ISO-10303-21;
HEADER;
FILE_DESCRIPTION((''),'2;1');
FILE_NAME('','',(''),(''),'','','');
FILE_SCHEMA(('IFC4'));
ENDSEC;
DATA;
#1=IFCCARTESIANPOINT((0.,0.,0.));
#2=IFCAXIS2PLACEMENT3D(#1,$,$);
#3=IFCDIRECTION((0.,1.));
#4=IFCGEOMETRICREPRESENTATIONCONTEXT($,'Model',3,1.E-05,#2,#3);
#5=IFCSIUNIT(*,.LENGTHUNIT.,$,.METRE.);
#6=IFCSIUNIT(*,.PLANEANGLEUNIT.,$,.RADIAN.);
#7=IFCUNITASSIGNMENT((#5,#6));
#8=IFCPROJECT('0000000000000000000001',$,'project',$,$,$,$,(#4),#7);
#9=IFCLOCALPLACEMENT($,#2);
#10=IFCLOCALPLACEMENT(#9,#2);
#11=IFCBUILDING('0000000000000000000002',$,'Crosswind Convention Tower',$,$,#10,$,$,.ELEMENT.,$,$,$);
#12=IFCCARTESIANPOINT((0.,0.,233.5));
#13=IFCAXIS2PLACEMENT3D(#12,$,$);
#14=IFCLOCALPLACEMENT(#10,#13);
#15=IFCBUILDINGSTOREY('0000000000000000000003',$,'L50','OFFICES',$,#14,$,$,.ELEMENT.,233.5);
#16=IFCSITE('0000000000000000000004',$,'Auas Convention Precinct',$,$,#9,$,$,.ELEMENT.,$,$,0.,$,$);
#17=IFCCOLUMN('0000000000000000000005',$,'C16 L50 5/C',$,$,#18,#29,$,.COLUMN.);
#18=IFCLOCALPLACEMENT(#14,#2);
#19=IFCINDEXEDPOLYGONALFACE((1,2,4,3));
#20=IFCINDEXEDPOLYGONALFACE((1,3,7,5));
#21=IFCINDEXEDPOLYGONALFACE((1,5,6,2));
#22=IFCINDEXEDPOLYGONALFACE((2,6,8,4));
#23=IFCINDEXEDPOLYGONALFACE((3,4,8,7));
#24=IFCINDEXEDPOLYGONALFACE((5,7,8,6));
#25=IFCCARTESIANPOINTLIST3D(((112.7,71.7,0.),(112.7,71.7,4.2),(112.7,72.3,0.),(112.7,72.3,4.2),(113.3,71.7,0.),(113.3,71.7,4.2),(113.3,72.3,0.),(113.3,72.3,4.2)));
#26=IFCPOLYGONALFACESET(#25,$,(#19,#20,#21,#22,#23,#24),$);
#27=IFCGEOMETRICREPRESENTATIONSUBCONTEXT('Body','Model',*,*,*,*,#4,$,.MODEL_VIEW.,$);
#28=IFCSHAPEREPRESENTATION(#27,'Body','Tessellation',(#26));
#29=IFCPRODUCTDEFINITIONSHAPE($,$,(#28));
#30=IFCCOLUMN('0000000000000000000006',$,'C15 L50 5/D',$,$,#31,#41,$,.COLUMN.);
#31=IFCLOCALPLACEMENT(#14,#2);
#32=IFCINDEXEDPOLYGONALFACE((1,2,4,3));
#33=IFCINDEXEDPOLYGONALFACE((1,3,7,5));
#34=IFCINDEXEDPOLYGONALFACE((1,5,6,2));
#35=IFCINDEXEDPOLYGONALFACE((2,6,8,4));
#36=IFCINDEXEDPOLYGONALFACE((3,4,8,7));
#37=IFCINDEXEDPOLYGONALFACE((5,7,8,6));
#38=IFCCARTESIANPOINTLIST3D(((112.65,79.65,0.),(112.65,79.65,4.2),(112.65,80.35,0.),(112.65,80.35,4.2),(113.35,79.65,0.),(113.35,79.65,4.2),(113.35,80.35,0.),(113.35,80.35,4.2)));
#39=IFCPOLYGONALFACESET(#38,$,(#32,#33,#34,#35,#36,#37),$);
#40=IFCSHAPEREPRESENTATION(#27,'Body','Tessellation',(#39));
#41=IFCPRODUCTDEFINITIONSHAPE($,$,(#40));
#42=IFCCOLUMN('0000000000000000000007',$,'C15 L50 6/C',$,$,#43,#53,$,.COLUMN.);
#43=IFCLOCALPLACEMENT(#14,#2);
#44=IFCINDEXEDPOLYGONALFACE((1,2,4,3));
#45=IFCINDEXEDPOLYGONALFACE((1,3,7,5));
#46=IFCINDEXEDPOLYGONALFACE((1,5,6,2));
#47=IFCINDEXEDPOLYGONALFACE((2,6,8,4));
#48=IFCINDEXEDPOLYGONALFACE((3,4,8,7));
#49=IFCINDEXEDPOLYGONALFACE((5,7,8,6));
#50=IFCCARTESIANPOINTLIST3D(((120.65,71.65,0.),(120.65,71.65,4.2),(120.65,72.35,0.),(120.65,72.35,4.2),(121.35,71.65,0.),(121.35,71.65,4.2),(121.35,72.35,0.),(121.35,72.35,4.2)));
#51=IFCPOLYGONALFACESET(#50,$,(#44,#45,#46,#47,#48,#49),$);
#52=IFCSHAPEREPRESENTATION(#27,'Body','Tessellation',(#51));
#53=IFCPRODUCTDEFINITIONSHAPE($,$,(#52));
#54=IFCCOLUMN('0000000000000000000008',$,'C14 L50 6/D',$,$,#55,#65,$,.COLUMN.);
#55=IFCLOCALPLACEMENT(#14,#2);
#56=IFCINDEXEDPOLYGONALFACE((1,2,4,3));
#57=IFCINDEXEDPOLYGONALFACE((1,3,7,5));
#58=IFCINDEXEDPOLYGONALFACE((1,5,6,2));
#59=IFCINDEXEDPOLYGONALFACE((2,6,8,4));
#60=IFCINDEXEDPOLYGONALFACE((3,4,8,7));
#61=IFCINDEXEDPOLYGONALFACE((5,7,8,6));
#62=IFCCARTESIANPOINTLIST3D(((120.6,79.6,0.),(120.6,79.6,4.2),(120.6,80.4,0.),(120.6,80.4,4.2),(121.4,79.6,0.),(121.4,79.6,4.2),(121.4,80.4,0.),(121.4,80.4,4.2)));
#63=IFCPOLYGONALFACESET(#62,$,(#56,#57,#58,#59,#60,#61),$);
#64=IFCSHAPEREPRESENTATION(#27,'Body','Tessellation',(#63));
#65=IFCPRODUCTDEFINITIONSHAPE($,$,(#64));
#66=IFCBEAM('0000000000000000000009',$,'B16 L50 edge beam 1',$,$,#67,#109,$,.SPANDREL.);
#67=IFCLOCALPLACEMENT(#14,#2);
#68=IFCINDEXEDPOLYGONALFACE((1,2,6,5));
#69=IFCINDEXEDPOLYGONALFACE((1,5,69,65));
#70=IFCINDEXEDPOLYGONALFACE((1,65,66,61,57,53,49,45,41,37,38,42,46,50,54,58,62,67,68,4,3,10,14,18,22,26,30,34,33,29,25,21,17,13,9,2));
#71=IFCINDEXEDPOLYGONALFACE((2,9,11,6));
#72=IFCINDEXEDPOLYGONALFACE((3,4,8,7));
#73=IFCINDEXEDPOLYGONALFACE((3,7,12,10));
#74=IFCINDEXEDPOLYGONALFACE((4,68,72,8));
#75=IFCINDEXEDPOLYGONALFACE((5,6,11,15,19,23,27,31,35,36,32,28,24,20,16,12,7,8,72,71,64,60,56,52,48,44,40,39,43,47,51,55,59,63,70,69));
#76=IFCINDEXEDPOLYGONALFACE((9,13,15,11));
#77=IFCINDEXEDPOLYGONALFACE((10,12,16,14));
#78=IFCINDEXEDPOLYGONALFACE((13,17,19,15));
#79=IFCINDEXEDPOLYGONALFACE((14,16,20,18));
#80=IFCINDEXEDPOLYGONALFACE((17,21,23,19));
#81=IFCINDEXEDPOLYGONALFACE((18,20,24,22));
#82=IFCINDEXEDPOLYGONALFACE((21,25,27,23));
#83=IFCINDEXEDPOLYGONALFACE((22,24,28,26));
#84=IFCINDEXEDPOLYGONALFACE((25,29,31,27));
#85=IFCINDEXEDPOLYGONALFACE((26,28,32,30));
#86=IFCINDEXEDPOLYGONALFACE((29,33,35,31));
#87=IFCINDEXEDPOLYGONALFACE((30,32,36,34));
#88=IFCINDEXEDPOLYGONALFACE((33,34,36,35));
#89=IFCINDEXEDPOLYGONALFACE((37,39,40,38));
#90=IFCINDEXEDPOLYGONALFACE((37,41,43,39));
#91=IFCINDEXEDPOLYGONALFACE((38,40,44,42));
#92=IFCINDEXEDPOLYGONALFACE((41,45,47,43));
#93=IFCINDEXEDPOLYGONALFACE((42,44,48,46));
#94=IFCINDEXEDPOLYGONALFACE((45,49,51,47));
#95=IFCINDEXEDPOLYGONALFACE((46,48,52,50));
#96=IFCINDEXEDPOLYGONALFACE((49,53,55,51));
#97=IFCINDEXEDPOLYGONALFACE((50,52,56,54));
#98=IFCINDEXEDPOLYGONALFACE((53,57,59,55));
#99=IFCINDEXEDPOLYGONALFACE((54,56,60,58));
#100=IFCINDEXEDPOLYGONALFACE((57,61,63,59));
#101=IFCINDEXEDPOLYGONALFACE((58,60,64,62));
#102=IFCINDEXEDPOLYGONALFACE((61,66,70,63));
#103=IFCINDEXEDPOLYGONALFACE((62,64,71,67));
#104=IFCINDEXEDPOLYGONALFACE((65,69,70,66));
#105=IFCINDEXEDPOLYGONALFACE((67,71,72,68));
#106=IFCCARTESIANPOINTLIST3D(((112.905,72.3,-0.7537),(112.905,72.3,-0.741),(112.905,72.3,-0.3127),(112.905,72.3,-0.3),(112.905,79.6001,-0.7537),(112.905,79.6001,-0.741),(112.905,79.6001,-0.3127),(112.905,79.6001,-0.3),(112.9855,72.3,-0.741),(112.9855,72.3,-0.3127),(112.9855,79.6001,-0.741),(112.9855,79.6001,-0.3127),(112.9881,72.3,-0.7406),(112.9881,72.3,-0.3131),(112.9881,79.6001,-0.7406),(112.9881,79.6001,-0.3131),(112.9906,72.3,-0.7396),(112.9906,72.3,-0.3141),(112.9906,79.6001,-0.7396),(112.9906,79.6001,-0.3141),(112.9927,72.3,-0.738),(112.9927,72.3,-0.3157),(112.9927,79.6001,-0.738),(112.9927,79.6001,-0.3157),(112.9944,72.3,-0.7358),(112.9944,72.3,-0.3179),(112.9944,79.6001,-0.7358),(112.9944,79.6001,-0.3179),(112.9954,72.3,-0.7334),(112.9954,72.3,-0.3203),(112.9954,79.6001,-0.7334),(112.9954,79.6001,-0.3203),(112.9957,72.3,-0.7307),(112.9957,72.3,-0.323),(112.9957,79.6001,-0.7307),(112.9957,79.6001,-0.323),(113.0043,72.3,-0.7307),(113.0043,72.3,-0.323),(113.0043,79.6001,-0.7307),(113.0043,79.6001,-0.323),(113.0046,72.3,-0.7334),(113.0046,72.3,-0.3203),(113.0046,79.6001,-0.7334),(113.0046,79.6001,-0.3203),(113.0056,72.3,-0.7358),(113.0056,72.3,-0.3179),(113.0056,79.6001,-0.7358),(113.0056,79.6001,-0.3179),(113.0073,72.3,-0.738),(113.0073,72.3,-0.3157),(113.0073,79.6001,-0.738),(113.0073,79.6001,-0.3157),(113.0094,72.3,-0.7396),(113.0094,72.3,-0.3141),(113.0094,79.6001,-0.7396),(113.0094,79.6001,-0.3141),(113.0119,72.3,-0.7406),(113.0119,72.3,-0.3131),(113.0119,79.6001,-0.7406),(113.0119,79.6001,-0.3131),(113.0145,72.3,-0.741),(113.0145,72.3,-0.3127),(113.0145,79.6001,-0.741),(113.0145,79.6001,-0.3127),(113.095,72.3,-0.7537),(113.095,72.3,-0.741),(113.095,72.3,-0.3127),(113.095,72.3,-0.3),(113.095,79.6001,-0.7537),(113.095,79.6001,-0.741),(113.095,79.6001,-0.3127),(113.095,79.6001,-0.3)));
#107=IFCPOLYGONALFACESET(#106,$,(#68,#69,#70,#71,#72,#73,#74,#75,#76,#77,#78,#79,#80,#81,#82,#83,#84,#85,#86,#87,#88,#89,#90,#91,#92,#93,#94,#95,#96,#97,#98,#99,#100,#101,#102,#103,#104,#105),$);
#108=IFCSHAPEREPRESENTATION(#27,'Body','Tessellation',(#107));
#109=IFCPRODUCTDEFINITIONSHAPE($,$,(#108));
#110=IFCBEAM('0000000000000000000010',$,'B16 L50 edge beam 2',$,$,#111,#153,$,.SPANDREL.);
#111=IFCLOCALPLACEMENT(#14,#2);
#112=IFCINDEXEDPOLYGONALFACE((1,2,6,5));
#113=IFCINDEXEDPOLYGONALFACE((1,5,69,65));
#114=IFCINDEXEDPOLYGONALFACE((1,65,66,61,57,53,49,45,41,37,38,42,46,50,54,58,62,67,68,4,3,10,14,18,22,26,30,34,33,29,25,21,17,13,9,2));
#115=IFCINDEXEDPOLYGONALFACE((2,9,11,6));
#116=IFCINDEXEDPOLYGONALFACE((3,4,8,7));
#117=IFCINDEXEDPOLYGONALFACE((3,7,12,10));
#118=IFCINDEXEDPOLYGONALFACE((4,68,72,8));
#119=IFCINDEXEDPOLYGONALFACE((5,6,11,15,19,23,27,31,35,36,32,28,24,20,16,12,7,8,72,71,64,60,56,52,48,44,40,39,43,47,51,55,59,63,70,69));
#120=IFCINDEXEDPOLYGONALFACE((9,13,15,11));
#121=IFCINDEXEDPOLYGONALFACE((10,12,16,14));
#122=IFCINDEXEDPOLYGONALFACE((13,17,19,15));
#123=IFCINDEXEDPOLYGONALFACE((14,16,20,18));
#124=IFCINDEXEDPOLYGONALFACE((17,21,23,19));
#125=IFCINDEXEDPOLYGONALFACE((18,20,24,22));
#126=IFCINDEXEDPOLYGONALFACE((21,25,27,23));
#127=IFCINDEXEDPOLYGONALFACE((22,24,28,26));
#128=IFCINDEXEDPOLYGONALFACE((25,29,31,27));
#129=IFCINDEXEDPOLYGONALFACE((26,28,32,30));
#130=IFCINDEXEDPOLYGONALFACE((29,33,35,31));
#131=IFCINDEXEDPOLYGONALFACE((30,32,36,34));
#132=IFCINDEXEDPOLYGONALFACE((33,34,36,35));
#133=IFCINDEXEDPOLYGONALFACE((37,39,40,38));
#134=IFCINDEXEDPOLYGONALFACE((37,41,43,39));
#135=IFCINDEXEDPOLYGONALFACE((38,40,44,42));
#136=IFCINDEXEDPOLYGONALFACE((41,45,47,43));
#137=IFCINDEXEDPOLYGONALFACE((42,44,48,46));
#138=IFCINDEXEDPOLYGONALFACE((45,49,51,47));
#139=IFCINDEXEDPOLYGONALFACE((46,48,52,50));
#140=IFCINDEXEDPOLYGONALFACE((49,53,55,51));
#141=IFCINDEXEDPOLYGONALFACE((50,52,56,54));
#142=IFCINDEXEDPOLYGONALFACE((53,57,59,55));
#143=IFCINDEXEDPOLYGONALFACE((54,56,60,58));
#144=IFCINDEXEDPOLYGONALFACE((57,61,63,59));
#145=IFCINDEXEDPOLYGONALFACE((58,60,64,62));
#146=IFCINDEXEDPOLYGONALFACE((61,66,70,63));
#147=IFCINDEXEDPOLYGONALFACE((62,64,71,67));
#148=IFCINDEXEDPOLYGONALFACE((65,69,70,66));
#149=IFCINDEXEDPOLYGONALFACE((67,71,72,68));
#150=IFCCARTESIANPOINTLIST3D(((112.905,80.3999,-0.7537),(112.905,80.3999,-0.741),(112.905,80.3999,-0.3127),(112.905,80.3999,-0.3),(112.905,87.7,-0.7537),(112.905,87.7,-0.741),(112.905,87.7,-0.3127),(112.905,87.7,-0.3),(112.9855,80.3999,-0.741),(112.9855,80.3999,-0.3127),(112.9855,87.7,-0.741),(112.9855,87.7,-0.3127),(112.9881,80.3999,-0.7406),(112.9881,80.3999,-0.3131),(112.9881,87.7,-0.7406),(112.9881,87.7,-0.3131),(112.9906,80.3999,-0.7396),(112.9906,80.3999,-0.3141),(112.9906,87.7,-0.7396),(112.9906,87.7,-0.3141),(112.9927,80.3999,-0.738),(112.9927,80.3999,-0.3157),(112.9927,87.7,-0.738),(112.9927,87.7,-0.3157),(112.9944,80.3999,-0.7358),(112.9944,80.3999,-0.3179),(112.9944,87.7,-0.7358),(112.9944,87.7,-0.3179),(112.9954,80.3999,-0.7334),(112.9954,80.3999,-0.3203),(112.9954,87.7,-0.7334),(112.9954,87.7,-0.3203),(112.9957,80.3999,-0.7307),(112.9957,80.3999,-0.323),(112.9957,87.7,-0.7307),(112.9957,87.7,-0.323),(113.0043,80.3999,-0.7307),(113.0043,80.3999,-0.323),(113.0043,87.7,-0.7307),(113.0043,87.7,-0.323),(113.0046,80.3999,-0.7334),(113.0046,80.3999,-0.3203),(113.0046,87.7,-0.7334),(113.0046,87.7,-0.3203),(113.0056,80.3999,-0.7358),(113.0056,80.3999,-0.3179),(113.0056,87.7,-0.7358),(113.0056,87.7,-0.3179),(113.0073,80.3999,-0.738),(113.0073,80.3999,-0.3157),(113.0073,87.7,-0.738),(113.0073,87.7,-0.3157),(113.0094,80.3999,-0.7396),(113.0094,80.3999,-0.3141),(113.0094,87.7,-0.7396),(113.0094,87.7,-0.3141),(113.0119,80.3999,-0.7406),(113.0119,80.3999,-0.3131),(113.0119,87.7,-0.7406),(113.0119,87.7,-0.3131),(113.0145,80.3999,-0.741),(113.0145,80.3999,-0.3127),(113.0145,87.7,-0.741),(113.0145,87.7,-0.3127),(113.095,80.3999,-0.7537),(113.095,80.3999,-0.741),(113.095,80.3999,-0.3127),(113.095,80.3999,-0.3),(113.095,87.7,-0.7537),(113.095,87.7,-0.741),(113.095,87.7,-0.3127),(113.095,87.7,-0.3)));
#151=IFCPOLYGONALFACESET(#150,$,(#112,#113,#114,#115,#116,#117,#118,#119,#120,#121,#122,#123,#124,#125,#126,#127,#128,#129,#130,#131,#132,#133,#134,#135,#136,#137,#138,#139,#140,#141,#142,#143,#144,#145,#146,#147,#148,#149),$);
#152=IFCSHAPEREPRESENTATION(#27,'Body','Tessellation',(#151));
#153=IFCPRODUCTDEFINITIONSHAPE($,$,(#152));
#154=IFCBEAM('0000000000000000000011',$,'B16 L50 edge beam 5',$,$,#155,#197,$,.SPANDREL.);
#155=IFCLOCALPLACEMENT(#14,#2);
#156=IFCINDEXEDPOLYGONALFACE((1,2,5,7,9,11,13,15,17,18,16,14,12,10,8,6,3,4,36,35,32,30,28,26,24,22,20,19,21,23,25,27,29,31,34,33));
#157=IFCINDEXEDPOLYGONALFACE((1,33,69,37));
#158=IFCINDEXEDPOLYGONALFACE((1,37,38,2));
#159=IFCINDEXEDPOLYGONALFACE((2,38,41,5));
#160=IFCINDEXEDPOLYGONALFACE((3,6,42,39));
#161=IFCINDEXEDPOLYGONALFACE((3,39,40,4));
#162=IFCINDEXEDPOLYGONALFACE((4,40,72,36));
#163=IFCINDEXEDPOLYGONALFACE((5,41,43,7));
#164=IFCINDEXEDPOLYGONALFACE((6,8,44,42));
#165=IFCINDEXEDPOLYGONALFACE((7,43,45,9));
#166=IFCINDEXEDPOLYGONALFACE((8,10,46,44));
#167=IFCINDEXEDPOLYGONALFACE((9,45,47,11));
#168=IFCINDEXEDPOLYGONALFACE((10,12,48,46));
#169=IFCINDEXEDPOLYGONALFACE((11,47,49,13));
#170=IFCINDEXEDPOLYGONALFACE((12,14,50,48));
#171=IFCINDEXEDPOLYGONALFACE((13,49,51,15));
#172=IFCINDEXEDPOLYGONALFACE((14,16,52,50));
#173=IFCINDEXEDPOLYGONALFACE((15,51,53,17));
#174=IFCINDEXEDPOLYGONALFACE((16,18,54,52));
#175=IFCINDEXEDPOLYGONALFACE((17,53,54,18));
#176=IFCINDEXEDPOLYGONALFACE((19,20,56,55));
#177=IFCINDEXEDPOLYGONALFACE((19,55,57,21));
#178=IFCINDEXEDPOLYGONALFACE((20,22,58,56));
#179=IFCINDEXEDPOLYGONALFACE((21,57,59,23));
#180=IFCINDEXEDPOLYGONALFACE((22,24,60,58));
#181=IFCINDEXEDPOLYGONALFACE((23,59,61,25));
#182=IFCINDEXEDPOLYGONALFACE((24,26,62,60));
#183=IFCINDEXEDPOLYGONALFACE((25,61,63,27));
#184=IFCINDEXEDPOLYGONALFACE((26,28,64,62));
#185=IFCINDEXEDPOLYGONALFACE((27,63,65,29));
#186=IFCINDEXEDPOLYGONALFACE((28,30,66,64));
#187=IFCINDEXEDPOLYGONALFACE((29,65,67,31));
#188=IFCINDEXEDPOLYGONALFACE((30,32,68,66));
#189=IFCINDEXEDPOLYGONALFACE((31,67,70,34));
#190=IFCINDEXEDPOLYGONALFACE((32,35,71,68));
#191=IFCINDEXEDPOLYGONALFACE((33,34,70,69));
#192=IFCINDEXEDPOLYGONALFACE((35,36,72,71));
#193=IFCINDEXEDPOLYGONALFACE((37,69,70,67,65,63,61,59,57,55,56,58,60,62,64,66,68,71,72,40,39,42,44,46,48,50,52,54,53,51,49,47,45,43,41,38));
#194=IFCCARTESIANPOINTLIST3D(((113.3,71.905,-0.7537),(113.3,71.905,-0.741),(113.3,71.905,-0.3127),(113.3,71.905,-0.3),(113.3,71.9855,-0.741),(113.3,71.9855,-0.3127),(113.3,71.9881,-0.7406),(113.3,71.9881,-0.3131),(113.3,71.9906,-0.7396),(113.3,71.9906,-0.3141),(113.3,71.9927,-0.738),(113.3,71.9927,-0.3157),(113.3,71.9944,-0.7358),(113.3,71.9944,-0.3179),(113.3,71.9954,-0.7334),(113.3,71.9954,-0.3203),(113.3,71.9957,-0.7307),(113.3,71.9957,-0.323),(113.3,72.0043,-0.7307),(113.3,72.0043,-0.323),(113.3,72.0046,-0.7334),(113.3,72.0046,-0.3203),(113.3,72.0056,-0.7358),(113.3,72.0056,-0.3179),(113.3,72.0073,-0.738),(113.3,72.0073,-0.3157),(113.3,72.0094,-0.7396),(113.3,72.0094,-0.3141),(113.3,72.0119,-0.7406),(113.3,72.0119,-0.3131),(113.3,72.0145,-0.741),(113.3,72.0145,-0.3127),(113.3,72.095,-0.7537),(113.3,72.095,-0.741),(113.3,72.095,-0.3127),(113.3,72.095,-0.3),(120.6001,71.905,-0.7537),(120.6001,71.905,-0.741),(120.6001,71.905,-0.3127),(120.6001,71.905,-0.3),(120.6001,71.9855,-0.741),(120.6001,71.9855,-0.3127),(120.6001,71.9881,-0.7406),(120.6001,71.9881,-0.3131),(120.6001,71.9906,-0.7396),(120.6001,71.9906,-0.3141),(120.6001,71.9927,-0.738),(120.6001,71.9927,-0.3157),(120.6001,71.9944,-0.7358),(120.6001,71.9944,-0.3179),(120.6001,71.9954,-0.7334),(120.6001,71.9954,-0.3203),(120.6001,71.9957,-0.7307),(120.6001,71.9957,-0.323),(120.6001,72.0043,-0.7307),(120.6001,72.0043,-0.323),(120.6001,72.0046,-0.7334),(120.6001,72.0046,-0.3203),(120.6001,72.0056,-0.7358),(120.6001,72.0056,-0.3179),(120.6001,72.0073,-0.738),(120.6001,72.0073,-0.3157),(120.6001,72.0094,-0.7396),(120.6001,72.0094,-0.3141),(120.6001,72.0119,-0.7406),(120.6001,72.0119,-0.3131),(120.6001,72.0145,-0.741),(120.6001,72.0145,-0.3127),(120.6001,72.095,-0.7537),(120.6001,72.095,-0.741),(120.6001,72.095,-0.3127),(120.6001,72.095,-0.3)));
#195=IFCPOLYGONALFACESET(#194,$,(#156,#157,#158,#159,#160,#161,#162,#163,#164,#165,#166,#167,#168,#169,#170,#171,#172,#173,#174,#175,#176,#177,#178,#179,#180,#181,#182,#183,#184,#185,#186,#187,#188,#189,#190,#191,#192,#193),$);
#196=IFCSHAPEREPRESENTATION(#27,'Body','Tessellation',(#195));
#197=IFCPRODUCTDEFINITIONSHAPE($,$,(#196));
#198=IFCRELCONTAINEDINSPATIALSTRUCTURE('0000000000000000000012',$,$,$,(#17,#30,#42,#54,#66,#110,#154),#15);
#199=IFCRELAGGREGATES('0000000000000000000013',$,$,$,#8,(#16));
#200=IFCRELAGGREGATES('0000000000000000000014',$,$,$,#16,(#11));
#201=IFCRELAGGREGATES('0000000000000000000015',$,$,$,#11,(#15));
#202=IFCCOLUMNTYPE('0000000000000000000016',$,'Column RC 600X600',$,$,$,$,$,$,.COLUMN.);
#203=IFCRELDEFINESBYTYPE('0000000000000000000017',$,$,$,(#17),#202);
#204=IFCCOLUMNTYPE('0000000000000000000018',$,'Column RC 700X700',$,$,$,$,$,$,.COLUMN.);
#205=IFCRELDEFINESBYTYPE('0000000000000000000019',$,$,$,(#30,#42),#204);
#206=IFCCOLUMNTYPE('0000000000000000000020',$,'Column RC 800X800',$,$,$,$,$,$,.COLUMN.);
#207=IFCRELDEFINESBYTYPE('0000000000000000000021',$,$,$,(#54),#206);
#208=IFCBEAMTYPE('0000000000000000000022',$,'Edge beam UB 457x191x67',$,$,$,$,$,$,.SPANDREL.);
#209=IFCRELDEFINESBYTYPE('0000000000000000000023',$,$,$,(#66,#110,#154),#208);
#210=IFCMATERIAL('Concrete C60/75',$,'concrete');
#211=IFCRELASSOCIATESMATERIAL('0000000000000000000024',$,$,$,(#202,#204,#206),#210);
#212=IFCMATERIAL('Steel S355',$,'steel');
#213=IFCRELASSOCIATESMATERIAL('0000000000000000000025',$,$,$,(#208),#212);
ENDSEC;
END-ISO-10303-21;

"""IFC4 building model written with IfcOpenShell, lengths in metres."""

from ifc_helpers import new_model, si_unit, direction, frame, origin, origin_2d, place, context, subcontext, project, spatial, rectangle, i_section, extrude, material, material_profile, profile_set, type_object, element, save


model = new_model("IFC4")

# Units and contexts
model_context = context("Model", 3, precision=1e-05, world=origin(), true_north=direction((0.0, 1.0)))
body_context = subcontext(model_context, "Body", "Model", "MODEL_VIEW")
ifc_project = project(units=[si_unit("LENGTHUNIT", "METRE"), si_unit("PLANEANGLEUNIT", "RADIAN")], contexts=[model_context])

# Site, building, storey
site_placement = place(None, origin())
site = spatial("IfcSite", under=ifc_project, at=site_placement, Name="Auas Convention Precinct", CompositionType="ELEMENT", RefElevation=0.0)
building_placement = place(site_placement, origin())
building = spatial("IfcBuilding", under=site, at=building_placement, Name="Crosswind Convention Tower", CompositionType="ELEMENT")
storey_placement = place(building_placement, frame((0.0, 0.0, 233.5)))
storey = spatial("IfcBuildingStorey", under=building, at=storey_placement, Name="L50", Description="OFFICES", CompositionType="ELEMENT", Elevation=233.5)

# Columns
ifc_material_1 = material(Name="Concrete C60/75", Category="concrete")
ifc_material_profile_1 = material_profile(ifc_material_1, rectangle(XDim=0.6001, YDim=0.6001, at=origin_2d()), Name="RC 600X600")
ifc_profile_set_1 = profile_set([ifc_material_profile_1], Name="Concrete C60/75")
column_type_1 = type_object("IfcColumnType", Name="Column RC 600X600", PredefinedType="COLUMN", material=ifc_profile_set_1)
column_1_placement = place(storey_placement, frame((113.0, 72.0, 0.0), z_axis=(0.0, 0.0, 1.0), x_axis=(1.0, 0.0, 0.0)))
element("IfcColumn", 1, at=column_1_placement, inside=storey, type_object=column_type_1, Name="C16 L50 5/C", PredefinedType="COLUMN", context=body_context, shape_type="SweptSolid", body=[
    extrude(rectangle(XDim=0.6001, YDim=0.6001, at=origin_2d()), origin(), (0.0, 0.0, 1.0), 4.2),
])
ifc_material_profile_2 = material_profile(ifc_material_1, rectangle(XDim=0.7, YDim=0.7, at=origin_2d()), Name="RC 700X700")
ifc_profile_set_2 = profile_set([ifc_material_profile_2], Name="Concrete C60/75")
column_type_2 = type_object("IfcColumnType", Name="Column RC 700X700", PredefinedType="COLUMN", material=ifc_profile_set_2)
for number, where, z_axis, x_axis, name in (
    (2, (113.0, 80.0, 0.0), (0.0, 0.0, 1.0), (1.0, 0.0, 0.0), "C15 L50 5/D"),
    (3, (121.0, 72.0, 0.0), (0.0, 0.0, 1.0), (1.0, 0.0, 0.0), "C15 L50 6/C"),
):
    element("IfcColumn", number, at=place(storey_placement, frame(where, z_axis=z_axis, x_axis=x_axis)), inside=storey, type_object=column_type_2, Name=name, PredefinedType="COLUMN", context=body_context, shape_type="SweptSolid", body=[
        extrude(rectangle(XDim=0.7, YDim=0.7, at=origin_2d()), origin(), (0.0, 0.0, 1.0), 4.2),
    ])
ifc_material_profile_3 = material_profile(ifc_material_1, rectangle(XDim=0.8, YDim=0.8, at=origin_2d()), Name="RC 800X800")
ifc_profile_set_3 = profile_set([ifc_material_profile_3], Name="Concrete C60/75")
column_type_3 = type_object("IfcColumnType", Name="Column RC 800X800", PredefinedType="COLUMN", material=ifc_profile_set_3)
column_2_placement = place(storey_placement, frame((121.0, 80.0, 0.0), z_axis=(0.0, 0.0, 1.0), x_axis=(1.0, 0.0, 0.0)))
element("IfcColumn", 4, at=column_2_placement, inside=storey, type_object=column_type_3, Name="C14 L50 6/D", PredefinedType="COLUMN", context=body_context, shape_type="SweptSolid", body=[
    extrude(rectangle(XDim=0.8, YDim=0.8, at=origin_2d()), origin(), (0.0, 0.0, 1.0), 4.2),
])

# Beams
ifc_material_2 = material(Name="Steel S355", Category="steel")
ifc_material_profile_4 = material_profile(ifc_material_2, i_section(OverallWidth=0.1899, OverallDepth=0.4536, WebThickness=0.0085, FlangeThickness=0.0127, FilletRadius=0.0103, at=origin_2d()), Name="UB 457x191x67")
ifc_profile_set_4 = profile_set([ifc_material_profile_4], Name="Steel S355")
beam_type_1 = type_object("IfcBeamType", Name="Edge beam UB 457x191x67", PredefinedType="SPANDREL", material=ifc_profile_set_4)
for number, where, z_axis, x_axis, name in (
    (5, (113.0, 72.3, -0.5269), (0.0, 1.0, 0.0), (-1.0, 0.0, 0.0), "B16 L50 edge beam 1"),
    (6, (113.0, 80.3999, -0.5269), (0.0, 1.0, 0.0), (-1.0, 0.0, 0.0), "B16 L50 edge beam 2"),
    (7, (113.3, 72.0, -0.5269), (1.0, 0.0, 0.0), (0.0, 1.0, 0.0), "B16 L50 edge beam 5"),
):
    element("IfcBeam", number, at=place(storey_placement, frame(where, z_axis=z_axis, x_axis=x_axis)), inside=storey, type_object=beam_type_1, Name=name, PredefinedType="SPANDREL", context=body_context, shape_type="SweptSolid", body=[
        extrude(i_section(OverallWidth=0.1899, OverallDepth=0.4536, WebThickness=0.0085, FlangeThickness=0.0127, FilletRadius=0.0103, at=origin_2d()), origin(), (0.0, 0.0, 1.0), 7.3),
    ])

save(model, "model.ifc")
